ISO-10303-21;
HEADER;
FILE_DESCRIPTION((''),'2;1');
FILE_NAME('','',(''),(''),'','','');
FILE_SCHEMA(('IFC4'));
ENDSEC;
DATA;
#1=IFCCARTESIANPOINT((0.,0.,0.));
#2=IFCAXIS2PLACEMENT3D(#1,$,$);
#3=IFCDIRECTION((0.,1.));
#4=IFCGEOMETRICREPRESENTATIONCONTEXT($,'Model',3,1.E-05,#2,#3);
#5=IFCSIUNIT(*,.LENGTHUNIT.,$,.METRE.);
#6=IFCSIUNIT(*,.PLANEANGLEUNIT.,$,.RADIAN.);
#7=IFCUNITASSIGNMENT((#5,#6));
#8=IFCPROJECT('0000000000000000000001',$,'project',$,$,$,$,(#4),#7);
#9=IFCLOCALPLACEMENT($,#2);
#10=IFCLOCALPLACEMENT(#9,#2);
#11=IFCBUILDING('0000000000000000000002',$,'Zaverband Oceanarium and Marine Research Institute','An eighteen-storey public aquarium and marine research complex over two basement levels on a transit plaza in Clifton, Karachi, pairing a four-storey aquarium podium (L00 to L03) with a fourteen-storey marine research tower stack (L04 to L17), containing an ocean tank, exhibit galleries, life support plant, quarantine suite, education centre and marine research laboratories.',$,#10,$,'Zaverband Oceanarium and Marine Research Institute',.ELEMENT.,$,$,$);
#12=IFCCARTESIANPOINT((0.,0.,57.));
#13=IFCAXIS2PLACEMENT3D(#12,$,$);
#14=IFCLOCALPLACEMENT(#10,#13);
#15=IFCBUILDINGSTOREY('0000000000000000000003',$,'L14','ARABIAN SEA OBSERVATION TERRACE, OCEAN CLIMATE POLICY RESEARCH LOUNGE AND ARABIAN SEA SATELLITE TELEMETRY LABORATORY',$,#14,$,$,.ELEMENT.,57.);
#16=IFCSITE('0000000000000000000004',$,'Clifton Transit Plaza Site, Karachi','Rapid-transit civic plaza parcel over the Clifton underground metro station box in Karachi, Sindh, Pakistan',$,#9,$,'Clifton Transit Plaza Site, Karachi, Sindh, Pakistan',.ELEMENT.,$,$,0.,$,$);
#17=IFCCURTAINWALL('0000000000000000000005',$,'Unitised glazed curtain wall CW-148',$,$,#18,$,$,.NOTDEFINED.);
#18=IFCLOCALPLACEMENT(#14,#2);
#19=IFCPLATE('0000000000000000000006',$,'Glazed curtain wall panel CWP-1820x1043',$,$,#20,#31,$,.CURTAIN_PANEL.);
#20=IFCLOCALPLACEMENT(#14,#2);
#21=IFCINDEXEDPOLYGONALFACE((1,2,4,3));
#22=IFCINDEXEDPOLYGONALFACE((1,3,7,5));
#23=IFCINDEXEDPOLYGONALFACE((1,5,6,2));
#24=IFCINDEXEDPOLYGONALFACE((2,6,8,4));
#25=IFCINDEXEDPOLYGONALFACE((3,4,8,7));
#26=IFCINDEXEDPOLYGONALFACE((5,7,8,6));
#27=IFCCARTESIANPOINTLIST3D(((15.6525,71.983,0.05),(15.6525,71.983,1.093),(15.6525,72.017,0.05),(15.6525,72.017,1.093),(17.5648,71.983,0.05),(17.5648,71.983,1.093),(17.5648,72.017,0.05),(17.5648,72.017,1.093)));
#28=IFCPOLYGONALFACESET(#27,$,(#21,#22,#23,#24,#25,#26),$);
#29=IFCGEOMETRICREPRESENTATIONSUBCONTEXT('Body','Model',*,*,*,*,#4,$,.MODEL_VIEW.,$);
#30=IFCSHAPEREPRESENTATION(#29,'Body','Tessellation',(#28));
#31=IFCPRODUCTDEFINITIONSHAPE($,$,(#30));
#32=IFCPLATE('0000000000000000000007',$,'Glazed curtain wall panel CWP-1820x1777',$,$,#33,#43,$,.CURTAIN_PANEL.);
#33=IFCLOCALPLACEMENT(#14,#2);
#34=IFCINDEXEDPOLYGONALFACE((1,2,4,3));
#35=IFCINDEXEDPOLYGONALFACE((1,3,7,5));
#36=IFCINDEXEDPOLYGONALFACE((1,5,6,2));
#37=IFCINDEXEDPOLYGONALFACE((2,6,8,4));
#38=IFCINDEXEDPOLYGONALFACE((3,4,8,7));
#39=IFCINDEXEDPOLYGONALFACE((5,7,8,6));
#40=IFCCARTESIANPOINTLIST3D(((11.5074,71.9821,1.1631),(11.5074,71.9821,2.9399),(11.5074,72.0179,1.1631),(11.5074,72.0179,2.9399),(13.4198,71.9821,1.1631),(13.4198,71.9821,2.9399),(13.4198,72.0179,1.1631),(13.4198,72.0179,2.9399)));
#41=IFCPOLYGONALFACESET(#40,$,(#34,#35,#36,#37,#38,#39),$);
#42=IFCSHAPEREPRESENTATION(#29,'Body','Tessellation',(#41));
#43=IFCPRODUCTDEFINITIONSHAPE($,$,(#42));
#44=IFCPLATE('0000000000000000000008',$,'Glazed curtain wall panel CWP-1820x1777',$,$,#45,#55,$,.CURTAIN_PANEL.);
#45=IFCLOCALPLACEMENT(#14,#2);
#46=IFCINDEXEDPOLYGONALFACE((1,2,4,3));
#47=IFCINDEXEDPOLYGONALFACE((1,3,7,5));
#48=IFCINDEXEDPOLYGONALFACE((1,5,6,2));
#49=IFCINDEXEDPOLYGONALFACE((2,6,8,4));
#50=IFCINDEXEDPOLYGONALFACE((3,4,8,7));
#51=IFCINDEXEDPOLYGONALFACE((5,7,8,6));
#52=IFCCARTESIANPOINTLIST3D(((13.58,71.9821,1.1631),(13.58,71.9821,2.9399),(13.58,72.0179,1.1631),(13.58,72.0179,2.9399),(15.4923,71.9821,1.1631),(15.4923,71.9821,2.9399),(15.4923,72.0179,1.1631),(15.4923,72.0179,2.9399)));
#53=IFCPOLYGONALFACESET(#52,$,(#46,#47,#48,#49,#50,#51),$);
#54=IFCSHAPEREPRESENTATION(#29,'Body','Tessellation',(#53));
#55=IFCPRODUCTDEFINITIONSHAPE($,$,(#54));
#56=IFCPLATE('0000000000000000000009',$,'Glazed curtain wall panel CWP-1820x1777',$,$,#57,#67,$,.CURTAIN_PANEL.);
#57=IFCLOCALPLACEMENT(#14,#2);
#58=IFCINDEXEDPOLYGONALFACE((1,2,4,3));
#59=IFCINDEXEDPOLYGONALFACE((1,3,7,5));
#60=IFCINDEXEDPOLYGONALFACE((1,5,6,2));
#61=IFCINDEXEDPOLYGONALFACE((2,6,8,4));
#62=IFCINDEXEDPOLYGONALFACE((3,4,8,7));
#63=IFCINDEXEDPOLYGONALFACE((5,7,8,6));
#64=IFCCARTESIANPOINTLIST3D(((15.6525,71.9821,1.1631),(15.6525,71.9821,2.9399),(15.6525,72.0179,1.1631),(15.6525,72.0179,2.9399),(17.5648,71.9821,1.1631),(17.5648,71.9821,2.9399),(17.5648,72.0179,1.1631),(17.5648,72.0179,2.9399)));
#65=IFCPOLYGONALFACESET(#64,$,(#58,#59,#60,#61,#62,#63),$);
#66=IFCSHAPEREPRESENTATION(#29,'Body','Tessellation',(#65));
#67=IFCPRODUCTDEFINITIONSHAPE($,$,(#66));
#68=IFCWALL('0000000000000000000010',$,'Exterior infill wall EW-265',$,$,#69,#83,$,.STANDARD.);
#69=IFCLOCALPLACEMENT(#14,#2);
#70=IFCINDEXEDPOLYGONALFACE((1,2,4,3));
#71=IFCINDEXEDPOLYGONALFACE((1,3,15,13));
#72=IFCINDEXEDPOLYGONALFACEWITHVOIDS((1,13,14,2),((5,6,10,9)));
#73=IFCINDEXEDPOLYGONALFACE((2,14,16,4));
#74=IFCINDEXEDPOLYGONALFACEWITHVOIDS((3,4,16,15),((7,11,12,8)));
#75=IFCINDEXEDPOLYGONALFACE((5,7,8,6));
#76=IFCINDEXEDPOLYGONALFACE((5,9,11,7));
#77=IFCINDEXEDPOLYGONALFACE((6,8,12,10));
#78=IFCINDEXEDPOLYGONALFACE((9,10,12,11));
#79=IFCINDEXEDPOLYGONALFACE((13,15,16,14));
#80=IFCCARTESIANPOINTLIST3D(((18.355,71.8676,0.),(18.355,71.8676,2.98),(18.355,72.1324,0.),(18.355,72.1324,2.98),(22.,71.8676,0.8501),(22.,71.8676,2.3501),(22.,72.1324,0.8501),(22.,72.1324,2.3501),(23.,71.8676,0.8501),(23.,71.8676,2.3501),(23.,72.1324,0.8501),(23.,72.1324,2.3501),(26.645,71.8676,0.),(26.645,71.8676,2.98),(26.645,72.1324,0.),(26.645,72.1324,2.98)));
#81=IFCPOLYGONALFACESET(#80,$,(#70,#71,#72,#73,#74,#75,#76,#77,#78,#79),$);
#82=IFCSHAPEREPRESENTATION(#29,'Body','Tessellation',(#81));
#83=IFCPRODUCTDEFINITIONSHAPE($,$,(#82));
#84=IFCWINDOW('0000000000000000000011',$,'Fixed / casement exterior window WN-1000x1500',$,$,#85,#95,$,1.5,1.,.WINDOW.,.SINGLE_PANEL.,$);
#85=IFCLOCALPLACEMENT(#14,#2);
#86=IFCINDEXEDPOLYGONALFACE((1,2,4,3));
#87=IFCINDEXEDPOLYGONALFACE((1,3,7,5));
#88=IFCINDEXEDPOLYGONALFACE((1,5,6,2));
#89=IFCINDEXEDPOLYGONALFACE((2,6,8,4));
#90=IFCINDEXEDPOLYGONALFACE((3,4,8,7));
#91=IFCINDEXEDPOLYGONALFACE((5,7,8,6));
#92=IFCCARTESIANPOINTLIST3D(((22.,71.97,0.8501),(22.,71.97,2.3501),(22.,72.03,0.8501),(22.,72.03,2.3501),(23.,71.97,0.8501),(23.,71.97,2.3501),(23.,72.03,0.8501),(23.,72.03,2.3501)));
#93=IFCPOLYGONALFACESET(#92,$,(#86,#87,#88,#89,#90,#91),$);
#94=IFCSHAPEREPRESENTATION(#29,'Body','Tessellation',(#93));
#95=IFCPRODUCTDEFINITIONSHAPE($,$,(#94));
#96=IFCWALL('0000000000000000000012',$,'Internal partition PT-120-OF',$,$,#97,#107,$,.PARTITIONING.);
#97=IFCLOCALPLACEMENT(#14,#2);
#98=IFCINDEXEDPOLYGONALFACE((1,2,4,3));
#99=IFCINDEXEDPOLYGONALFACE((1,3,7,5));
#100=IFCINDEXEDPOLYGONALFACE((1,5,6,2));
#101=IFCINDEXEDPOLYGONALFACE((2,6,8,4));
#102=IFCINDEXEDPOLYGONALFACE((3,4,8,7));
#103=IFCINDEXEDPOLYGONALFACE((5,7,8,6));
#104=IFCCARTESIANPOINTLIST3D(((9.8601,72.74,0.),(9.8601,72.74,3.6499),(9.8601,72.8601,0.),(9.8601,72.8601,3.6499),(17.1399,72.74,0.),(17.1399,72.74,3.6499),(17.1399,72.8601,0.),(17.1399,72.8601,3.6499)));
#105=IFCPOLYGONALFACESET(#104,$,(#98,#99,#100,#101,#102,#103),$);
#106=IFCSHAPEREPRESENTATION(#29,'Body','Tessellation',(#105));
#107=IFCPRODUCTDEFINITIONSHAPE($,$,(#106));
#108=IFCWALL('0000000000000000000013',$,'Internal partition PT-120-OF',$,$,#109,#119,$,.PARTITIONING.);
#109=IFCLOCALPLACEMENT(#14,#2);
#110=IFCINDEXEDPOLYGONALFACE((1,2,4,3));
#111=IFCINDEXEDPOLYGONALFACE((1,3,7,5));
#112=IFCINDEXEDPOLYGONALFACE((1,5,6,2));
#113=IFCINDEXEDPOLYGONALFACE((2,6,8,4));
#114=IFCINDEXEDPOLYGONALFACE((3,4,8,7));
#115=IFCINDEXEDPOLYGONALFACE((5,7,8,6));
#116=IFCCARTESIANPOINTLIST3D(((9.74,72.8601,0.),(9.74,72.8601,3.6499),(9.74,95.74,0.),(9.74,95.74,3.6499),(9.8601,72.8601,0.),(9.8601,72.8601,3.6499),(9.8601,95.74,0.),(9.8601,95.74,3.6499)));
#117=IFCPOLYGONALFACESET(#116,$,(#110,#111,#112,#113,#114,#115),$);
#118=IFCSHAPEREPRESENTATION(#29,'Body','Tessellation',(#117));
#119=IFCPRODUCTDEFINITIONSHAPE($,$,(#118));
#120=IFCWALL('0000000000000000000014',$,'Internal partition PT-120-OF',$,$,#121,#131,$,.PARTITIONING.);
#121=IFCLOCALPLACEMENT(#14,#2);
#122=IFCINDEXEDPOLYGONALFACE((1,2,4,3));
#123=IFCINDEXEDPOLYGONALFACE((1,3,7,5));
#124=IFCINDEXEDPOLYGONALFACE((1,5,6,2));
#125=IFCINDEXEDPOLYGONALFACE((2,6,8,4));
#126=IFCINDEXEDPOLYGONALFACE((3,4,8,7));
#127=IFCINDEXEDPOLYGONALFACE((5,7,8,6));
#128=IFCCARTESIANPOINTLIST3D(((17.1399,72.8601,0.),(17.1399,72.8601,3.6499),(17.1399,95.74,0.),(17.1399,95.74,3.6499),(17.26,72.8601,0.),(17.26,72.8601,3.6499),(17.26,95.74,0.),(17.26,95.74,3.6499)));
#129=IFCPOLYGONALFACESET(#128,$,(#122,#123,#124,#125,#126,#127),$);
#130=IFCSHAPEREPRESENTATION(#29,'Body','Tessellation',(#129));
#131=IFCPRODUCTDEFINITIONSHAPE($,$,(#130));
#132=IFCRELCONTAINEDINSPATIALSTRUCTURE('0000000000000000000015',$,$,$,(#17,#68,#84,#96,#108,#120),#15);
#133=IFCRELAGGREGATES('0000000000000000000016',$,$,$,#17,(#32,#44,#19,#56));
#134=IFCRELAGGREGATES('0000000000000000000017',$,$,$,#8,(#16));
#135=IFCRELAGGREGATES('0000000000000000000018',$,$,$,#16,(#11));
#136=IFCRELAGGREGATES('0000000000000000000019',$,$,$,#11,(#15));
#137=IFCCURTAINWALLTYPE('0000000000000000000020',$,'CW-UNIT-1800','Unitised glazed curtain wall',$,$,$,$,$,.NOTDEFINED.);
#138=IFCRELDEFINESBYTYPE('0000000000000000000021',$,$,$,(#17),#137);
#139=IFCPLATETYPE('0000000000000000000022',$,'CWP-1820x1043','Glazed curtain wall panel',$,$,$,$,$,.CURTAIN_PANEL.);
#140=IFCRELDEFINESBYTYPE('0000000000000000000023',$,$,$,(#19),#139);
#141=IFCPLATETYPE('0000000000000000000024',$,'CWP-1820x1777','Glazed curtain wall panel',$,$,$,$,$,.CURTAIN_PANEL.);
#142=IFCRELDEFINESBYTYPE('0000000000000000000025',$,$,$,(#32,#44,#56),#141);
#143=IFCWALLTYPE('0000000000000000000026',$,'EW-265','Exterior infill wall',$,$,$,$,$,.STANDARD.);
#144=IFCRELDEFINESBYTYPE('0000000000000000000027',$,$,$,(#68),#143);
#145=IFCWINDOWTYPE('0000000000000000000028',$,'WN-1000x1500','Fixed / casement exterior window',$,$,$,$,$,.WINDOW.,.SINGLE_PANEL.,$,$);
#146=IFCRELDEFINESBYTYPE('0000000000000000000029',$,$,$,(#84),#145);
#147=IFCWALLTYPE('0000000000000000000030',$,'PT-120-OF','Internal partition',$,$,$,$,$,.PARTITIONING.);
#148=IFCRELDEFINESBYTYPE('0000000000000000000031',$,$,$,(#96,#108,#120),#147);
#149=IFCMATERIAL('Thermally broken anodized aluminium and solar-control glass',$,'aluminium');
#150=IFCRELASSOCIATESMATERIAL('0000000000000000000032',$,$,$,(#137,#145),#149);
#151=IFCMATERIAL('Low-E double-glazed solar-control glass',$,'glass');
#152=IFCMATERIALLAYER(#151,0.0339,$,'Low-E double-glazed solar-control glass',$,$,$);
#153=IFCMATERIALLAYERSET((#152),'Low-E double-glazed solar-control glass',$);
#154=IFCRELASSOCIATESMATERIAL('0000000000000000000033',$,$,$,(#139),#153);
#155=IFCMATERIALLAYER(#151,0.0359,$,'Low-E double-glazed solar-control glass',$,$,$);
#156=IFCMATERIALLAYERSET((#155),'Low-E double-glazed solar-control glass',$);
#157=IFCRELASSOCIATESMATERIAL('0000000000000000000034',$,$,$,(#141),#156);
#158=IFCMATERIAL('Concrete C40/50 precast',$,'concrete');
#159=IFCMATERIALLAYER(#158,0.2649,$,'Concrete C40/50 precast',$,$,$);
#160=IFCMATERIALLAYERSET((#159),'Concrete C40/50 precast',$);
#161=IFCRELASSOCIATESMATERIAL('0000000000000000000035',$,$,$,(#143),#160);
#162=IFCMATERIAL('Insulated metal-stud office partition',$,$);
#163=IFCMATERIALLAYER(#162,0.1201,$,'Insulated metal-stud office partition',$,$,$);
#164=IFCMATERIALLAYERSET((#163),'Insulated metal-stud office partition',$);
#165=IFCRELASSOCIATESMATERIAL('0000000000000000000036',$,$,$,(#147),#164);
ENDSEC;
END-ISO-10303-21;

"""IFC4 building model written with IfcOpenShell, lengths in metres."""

from ifc_helpers import new_model, si_unit, direction, frame, frame_2d, origin, place, context, subcontext, project, spatial, rectangle, extrude, material, layer, layer_set, type_object, element, fill, aggregate, save


model = new_model("IFC4")

# Units and contexts
model_context = context("Model", 3, precision=1e-05, world=origin(), true_north=direction((0.0, 1.0)))
body_context = subcontext(model_context, "Body", "Model", "MODEL_VIEW")
ifc_project = project(units=[si_unit("LENGTHUNIT", "METRE"), si_unit("PLANEANGLEUNIT", "RADIAN")], contexts=[model_context])

# Site, building, storey
site_placement = place(None, origin())
site = spatial("IfcSite", under=ifc_project, at=site_placement, Name="Clifton Transit Plaza Site, Karachi", Description="Rapid-transit civic plaza parcel over the Clifton underground metro station box in Karachi, Sindh, Pakistan", LongName="Clifton Transit Plaza Site, Karachi, Sindh, Pakistan", CompositionType="ELEMENT", RefElevation=0.0)
building_placement = place(site_placement, origin())
building = spatial("IfcBuilding", under=site, at=building_placement, Name="Zaverband Oceanarium and Marine Research Institute", Description="An eighteen-storey public aquarium and marine research complex over two basement levels on a transit plaza in Clifton, Karachi, pairing a four-storey aquarium podium (L00 to L03) with a fourteen-storey marine research tower stack (L04 to L17), containing an ocean tank, exhibit galleries, life support plant, quarantine suite, education centre and marine research laboratories.", LongName="Zaverband Oceanarium and Marine Research Institute", CompositionType="ELEMENT")
storey_placement = place(building_placement, frame((0.0, 0.0, 57.0)))
storey = spatial("IfcBuildingStorey", under=building, at=storey_placement, Name="L14", Description="ARABIAN SEA OBSERVATION TERRACE, OCEAN CLIMATE POLICY RESEARCH LOUNGE AND ARABIAN SEA SATELLITE TELEMETRY LABORATORY", CompositionType="ELEMENT", Elevation=57.0)

# Shared definitions
ifc_material_1 = material(Name="Thermally broken anodized aluminium and solar-control glass", Category="aluminium")
curtain_wall_type = type_object("IfcCurtainWallType", Name="CW-UNIT-1800", Description="Unitised glazed curtain wall", PredefinedType="NOTDEFINED", material=ifc_material_1)

# Shared definitions
ifc_material_2 = material(Name="Low-E double-glazed solar-control glass", Category="glass")

# Curtain wall, plates
curtain_wall_1_placement = place(storey_placement, origin())
curtain_wall_1 = element("IfcCurtainWall", 1, at=curtain_wall_1_placement, inside=storey, type_object=curtain_wall_type, Name="Unitised glazed curtain wall CW-148", PredefinedType="NOTDEFINED")
ifc_layer_1 = layer(ifc_material_2, 0.0339, Name="Low-E double-glazed solar-control glass")
ifc_layer_set_1 = layer_set([ifc_layer_1], Name="Low-E double-glazed solar-control glass")
plate_type_1 = type_object("IfcPlateType", Name="CWP-1820x1043", Description="Glazed curtain wall panel", PredefinedType="CURTAIN_PANEL", material=ifc_layer_set_1)
plate_1_placement = place(storey_placement, frame((15.6526, 72.0, 0.05), z_axis=(0.0, 0.0, 1.0), x_axis=(1.0, 0.0, 0.0)))
plate_1 = element("IfcPlate", 2, at=plate_1_placement, type_object=plate_type_1, Name="Glazed curtain wall panel CWP-1820x1043", PredefinedType="CURTAIN_PANEL", context=body_context, shape_type="SweptSolid", body=[
    extrude(rectangle(XDim=1.9124, YDim=0.0339, at=frame_2d((0.9561, 0.0))), origin(), (0.0, 0.0, 1.0), 1.043),
])
ifc_layer_2 = layer(ifc_material_2, 0.0359, Name="Low-E double-glazed solar-control glass")
ifc_layer_set_2 = layer_set([ifc_layer_2], Name="Low-E double-glazed solar-control glass")
plate_type_2 = type_object("IfcPlateType", Name="CWP-1820x1777", Description="Glazed curtain wall panel", PredefinedType="CURTAIN_PANEL", material=ifc_layer_set_2)
plate_2_placement = place(storey_placement, frame((11.5076, 72.0, 1.1631), z_axis=(0.0, 0.0, 1.0), x_axis=(1.0, 0.0, 0.0)))
plate_2 = element("IfcPlate", 3, at=plate_2_placement, type_object=plate_type_2, Name="Glazed curtain wall panel CWP-1820x1777", PredefinedType="CURTAIN_PANEL", context=body_context, shape_type="SweptSolid", body=[
    extrude(rectangle(XDim=1.9124, YDim=0.0359, at=frame_2d((0.9561, 0.0))), origin(), (0.0, 0.0, 1.0), 1.7769),
])
plate_3_placement = place(storey_placement, frame((13.5801, 72.0, 1.1631), z_axis=(0.0, 0.0, 1.0), x_axis=(1.0, 0.0, 0.0)))
plate_3 = element("IfcPlate", 4, at=plate_3_placement, type_object=plate_type_2, Name="Glazed curtain wall panel CWP-1820x1777", PredefinedType="CURTAIN_PANEL", context=body_context, shape_type="SweptSolid", body=[
    extrude(rectangle(XDim=1.9124, YDim=0.0359, at=frame_2d((0.9561, 0.0))), origin(), (0.0, 0.0, 1.0), 1.7769),
])
plate_4_placement = place(storey_placement, frame((15.6526, 72.0, 1.1631), z_axis=(0.0, 0.0, 1.0), x_axis=(1.0, 0.0, 0.0)))
plate_4 = element("IfcPlate", 5, at=plate_4_placement, type_object=plate_type_2, Name="Glazed curtain wall panel CWP-1820x1777", PredefinedType="CURTAIN_PANEL", context=body_context, shape_type="SweptSolid", body=[
    extrude(rectangle(XDim=1.9124, YDim=0.0359, at=frame_2d((0.9561, 0.0))), origin(), (0.0, 0.0, 1.0), 1.7769),
])
aggregate(curtain_wall_1, [plate_2, plate_3, plate_1, plate_4])

# Wall, opening, window
ifc_material_3 = material(Name="Concrete C40/50 precast", Category="concrete")
ifc_layer_3 = layer(ifc_material_3, 0.2649, Name="Concrete C40/50 precast")
ifc_layer_set_3 = layer_set([ifc_layer_3], Name="Concrete C40/50 precast")
wall_type_1 = type_object("IfcWallType", Name="EW-265", Description="Exterior infill wall", PredefinedType="STANDARD", material=ifc_layer_set_3)
wall_1_placement = place(storey_placement, frame((18.355, 72.0, 0.0), z_axis=(0.0, 0.0, 1.0), x_axis=(1.0, 0.0, 0.0)))
wall_1 = element("IfcWall", 6, at=wall_1_placement, inside=storey, type_object=wall_type_1, Name="Exterior infill wall EW-265", PredefinedType="STANDARD", context=body_context, shape_type="SweptSolid", body=[
    extrude(rectangle(XDim=8.29, YDim=0.2649, at=frame_2d((4.145, 0.0))), origin(), (0.0, 0.0, 1.0), 2.98),
])
opening_placement = place(wall_1_placement, frame((3.645, 0.0, 0.8501)))
opening = element("IfcOpeningElement", 7, at=opening_placement, cuts=wall_1, PredefinedType="OPENING", context=body_context, shape_type="SweptSolid", body=[
    extrude(rectangle(XDim=1.0, YDim=1.5, at=frame_2d((0.5, 0.75))), frame((0.0, 0.1445, 0.0), z_axis=(0.0, -1.0, 0.0), x_axis=(1.0, 0.0, 0.0)), (0.0, 0.0, 1.0), 0.2888),
])
window_type = type_object("IfcWindowType", Name="WN-1000x1500", Description="Fixed / casement exterior window", PartitioningType="SINGLE_PANEL", PredefinedType="WINDOW", material=ifc_material_1)
window_placement = place(opening_placement, origin())
window = element("IfcWindow", 8, at=window_placement, inside=storey, type_object=window_type, Name="Fixed / casement exterior window WN-1000x1500", OverallHeight=1.5, OverallWidth=1.0, PartitioningType="SINGLE_PANEL", PredefinedType="WINDOW", context=body_context, shape_type="SweptSolid", body=[
    extrude(rectangle(XDim=1.0, YDim=1.5, at=frame_2d((0.5, 0.75))), frame((0.0, 0.03, 0.0), z_axis=(0.0, -1.0, 0.0), x_axis=(1.0, 0.0, 0.0)), (0.0, 0.0, 1.0), 0.0601),
])
fill(opening, window)

# Walls
ifc_material_4 = material(Name="Insulated metal-stud office partition")
ifc_layer_4 = layer(ifc_material_4, 0.1201, Name="Insulated metal-stud office partition")
ifc_layer_set_4 = layer_set([ifc_layer_4], Name="Insulated metal-stud office partition")
wall_type_2 = type_object("IfcWallType", Name="PT-120-OF", Description="Internal partition", PredefinedType="PARTITIONING", material=ifc_layer_set_4)
wall_2_placement = place(storey_placement, frame((9.8601, 72.8, 0.0), z_axis=(0.0, 0.0, 1.0), x_axis=(1.0, 0.0, 0.0)))
element("IfcWall", 9, at=wall_2_placement, inside=storey, type_object=wall_type_2, Name="Internal partition PT-120-OF", PredefinedType="PARTITIONING", context=body_context, shape_type="SweptSolid", body=[
    extrude(rectangle(XDim=7.2798, YDim=0.1201, at=frame_2d((3.6399, 0.0))), origin(), (0.0, 0.0, 1.0), 3.6499),
])
for number, where, z_axis, x_axis, name in (
    (10, (9.8, 72.8601, 0.0), (0.0, 0.0, 1.0), (0.0, 1.0, 0.0), "Internal partition PT-120-OF"),
    (11, (17.2, 72.8601, 0.0), (0.0, 0.0, 1.0), (0.0, 1.0, 0.0), "Internal partition PT-120-OF"),
):
    element("IfcWall", number, at=place(storey_placement, frame(where, z_axis=z_axis, x_axis=x_axis)), inside=storey, type_object=wall_type_2, Name=name, PredefinedType="PARTITIONING", context=body_context, shape_type="SweptSolid", body=[
        extrude(rectangle(XDim=22.8799, YDim=0.1201, at=frame_2d((11.4399, 0.0))), origin(), (0.0, 0.0, 1.0), 3.6499),
    ])

save(model, "model.ifc")
